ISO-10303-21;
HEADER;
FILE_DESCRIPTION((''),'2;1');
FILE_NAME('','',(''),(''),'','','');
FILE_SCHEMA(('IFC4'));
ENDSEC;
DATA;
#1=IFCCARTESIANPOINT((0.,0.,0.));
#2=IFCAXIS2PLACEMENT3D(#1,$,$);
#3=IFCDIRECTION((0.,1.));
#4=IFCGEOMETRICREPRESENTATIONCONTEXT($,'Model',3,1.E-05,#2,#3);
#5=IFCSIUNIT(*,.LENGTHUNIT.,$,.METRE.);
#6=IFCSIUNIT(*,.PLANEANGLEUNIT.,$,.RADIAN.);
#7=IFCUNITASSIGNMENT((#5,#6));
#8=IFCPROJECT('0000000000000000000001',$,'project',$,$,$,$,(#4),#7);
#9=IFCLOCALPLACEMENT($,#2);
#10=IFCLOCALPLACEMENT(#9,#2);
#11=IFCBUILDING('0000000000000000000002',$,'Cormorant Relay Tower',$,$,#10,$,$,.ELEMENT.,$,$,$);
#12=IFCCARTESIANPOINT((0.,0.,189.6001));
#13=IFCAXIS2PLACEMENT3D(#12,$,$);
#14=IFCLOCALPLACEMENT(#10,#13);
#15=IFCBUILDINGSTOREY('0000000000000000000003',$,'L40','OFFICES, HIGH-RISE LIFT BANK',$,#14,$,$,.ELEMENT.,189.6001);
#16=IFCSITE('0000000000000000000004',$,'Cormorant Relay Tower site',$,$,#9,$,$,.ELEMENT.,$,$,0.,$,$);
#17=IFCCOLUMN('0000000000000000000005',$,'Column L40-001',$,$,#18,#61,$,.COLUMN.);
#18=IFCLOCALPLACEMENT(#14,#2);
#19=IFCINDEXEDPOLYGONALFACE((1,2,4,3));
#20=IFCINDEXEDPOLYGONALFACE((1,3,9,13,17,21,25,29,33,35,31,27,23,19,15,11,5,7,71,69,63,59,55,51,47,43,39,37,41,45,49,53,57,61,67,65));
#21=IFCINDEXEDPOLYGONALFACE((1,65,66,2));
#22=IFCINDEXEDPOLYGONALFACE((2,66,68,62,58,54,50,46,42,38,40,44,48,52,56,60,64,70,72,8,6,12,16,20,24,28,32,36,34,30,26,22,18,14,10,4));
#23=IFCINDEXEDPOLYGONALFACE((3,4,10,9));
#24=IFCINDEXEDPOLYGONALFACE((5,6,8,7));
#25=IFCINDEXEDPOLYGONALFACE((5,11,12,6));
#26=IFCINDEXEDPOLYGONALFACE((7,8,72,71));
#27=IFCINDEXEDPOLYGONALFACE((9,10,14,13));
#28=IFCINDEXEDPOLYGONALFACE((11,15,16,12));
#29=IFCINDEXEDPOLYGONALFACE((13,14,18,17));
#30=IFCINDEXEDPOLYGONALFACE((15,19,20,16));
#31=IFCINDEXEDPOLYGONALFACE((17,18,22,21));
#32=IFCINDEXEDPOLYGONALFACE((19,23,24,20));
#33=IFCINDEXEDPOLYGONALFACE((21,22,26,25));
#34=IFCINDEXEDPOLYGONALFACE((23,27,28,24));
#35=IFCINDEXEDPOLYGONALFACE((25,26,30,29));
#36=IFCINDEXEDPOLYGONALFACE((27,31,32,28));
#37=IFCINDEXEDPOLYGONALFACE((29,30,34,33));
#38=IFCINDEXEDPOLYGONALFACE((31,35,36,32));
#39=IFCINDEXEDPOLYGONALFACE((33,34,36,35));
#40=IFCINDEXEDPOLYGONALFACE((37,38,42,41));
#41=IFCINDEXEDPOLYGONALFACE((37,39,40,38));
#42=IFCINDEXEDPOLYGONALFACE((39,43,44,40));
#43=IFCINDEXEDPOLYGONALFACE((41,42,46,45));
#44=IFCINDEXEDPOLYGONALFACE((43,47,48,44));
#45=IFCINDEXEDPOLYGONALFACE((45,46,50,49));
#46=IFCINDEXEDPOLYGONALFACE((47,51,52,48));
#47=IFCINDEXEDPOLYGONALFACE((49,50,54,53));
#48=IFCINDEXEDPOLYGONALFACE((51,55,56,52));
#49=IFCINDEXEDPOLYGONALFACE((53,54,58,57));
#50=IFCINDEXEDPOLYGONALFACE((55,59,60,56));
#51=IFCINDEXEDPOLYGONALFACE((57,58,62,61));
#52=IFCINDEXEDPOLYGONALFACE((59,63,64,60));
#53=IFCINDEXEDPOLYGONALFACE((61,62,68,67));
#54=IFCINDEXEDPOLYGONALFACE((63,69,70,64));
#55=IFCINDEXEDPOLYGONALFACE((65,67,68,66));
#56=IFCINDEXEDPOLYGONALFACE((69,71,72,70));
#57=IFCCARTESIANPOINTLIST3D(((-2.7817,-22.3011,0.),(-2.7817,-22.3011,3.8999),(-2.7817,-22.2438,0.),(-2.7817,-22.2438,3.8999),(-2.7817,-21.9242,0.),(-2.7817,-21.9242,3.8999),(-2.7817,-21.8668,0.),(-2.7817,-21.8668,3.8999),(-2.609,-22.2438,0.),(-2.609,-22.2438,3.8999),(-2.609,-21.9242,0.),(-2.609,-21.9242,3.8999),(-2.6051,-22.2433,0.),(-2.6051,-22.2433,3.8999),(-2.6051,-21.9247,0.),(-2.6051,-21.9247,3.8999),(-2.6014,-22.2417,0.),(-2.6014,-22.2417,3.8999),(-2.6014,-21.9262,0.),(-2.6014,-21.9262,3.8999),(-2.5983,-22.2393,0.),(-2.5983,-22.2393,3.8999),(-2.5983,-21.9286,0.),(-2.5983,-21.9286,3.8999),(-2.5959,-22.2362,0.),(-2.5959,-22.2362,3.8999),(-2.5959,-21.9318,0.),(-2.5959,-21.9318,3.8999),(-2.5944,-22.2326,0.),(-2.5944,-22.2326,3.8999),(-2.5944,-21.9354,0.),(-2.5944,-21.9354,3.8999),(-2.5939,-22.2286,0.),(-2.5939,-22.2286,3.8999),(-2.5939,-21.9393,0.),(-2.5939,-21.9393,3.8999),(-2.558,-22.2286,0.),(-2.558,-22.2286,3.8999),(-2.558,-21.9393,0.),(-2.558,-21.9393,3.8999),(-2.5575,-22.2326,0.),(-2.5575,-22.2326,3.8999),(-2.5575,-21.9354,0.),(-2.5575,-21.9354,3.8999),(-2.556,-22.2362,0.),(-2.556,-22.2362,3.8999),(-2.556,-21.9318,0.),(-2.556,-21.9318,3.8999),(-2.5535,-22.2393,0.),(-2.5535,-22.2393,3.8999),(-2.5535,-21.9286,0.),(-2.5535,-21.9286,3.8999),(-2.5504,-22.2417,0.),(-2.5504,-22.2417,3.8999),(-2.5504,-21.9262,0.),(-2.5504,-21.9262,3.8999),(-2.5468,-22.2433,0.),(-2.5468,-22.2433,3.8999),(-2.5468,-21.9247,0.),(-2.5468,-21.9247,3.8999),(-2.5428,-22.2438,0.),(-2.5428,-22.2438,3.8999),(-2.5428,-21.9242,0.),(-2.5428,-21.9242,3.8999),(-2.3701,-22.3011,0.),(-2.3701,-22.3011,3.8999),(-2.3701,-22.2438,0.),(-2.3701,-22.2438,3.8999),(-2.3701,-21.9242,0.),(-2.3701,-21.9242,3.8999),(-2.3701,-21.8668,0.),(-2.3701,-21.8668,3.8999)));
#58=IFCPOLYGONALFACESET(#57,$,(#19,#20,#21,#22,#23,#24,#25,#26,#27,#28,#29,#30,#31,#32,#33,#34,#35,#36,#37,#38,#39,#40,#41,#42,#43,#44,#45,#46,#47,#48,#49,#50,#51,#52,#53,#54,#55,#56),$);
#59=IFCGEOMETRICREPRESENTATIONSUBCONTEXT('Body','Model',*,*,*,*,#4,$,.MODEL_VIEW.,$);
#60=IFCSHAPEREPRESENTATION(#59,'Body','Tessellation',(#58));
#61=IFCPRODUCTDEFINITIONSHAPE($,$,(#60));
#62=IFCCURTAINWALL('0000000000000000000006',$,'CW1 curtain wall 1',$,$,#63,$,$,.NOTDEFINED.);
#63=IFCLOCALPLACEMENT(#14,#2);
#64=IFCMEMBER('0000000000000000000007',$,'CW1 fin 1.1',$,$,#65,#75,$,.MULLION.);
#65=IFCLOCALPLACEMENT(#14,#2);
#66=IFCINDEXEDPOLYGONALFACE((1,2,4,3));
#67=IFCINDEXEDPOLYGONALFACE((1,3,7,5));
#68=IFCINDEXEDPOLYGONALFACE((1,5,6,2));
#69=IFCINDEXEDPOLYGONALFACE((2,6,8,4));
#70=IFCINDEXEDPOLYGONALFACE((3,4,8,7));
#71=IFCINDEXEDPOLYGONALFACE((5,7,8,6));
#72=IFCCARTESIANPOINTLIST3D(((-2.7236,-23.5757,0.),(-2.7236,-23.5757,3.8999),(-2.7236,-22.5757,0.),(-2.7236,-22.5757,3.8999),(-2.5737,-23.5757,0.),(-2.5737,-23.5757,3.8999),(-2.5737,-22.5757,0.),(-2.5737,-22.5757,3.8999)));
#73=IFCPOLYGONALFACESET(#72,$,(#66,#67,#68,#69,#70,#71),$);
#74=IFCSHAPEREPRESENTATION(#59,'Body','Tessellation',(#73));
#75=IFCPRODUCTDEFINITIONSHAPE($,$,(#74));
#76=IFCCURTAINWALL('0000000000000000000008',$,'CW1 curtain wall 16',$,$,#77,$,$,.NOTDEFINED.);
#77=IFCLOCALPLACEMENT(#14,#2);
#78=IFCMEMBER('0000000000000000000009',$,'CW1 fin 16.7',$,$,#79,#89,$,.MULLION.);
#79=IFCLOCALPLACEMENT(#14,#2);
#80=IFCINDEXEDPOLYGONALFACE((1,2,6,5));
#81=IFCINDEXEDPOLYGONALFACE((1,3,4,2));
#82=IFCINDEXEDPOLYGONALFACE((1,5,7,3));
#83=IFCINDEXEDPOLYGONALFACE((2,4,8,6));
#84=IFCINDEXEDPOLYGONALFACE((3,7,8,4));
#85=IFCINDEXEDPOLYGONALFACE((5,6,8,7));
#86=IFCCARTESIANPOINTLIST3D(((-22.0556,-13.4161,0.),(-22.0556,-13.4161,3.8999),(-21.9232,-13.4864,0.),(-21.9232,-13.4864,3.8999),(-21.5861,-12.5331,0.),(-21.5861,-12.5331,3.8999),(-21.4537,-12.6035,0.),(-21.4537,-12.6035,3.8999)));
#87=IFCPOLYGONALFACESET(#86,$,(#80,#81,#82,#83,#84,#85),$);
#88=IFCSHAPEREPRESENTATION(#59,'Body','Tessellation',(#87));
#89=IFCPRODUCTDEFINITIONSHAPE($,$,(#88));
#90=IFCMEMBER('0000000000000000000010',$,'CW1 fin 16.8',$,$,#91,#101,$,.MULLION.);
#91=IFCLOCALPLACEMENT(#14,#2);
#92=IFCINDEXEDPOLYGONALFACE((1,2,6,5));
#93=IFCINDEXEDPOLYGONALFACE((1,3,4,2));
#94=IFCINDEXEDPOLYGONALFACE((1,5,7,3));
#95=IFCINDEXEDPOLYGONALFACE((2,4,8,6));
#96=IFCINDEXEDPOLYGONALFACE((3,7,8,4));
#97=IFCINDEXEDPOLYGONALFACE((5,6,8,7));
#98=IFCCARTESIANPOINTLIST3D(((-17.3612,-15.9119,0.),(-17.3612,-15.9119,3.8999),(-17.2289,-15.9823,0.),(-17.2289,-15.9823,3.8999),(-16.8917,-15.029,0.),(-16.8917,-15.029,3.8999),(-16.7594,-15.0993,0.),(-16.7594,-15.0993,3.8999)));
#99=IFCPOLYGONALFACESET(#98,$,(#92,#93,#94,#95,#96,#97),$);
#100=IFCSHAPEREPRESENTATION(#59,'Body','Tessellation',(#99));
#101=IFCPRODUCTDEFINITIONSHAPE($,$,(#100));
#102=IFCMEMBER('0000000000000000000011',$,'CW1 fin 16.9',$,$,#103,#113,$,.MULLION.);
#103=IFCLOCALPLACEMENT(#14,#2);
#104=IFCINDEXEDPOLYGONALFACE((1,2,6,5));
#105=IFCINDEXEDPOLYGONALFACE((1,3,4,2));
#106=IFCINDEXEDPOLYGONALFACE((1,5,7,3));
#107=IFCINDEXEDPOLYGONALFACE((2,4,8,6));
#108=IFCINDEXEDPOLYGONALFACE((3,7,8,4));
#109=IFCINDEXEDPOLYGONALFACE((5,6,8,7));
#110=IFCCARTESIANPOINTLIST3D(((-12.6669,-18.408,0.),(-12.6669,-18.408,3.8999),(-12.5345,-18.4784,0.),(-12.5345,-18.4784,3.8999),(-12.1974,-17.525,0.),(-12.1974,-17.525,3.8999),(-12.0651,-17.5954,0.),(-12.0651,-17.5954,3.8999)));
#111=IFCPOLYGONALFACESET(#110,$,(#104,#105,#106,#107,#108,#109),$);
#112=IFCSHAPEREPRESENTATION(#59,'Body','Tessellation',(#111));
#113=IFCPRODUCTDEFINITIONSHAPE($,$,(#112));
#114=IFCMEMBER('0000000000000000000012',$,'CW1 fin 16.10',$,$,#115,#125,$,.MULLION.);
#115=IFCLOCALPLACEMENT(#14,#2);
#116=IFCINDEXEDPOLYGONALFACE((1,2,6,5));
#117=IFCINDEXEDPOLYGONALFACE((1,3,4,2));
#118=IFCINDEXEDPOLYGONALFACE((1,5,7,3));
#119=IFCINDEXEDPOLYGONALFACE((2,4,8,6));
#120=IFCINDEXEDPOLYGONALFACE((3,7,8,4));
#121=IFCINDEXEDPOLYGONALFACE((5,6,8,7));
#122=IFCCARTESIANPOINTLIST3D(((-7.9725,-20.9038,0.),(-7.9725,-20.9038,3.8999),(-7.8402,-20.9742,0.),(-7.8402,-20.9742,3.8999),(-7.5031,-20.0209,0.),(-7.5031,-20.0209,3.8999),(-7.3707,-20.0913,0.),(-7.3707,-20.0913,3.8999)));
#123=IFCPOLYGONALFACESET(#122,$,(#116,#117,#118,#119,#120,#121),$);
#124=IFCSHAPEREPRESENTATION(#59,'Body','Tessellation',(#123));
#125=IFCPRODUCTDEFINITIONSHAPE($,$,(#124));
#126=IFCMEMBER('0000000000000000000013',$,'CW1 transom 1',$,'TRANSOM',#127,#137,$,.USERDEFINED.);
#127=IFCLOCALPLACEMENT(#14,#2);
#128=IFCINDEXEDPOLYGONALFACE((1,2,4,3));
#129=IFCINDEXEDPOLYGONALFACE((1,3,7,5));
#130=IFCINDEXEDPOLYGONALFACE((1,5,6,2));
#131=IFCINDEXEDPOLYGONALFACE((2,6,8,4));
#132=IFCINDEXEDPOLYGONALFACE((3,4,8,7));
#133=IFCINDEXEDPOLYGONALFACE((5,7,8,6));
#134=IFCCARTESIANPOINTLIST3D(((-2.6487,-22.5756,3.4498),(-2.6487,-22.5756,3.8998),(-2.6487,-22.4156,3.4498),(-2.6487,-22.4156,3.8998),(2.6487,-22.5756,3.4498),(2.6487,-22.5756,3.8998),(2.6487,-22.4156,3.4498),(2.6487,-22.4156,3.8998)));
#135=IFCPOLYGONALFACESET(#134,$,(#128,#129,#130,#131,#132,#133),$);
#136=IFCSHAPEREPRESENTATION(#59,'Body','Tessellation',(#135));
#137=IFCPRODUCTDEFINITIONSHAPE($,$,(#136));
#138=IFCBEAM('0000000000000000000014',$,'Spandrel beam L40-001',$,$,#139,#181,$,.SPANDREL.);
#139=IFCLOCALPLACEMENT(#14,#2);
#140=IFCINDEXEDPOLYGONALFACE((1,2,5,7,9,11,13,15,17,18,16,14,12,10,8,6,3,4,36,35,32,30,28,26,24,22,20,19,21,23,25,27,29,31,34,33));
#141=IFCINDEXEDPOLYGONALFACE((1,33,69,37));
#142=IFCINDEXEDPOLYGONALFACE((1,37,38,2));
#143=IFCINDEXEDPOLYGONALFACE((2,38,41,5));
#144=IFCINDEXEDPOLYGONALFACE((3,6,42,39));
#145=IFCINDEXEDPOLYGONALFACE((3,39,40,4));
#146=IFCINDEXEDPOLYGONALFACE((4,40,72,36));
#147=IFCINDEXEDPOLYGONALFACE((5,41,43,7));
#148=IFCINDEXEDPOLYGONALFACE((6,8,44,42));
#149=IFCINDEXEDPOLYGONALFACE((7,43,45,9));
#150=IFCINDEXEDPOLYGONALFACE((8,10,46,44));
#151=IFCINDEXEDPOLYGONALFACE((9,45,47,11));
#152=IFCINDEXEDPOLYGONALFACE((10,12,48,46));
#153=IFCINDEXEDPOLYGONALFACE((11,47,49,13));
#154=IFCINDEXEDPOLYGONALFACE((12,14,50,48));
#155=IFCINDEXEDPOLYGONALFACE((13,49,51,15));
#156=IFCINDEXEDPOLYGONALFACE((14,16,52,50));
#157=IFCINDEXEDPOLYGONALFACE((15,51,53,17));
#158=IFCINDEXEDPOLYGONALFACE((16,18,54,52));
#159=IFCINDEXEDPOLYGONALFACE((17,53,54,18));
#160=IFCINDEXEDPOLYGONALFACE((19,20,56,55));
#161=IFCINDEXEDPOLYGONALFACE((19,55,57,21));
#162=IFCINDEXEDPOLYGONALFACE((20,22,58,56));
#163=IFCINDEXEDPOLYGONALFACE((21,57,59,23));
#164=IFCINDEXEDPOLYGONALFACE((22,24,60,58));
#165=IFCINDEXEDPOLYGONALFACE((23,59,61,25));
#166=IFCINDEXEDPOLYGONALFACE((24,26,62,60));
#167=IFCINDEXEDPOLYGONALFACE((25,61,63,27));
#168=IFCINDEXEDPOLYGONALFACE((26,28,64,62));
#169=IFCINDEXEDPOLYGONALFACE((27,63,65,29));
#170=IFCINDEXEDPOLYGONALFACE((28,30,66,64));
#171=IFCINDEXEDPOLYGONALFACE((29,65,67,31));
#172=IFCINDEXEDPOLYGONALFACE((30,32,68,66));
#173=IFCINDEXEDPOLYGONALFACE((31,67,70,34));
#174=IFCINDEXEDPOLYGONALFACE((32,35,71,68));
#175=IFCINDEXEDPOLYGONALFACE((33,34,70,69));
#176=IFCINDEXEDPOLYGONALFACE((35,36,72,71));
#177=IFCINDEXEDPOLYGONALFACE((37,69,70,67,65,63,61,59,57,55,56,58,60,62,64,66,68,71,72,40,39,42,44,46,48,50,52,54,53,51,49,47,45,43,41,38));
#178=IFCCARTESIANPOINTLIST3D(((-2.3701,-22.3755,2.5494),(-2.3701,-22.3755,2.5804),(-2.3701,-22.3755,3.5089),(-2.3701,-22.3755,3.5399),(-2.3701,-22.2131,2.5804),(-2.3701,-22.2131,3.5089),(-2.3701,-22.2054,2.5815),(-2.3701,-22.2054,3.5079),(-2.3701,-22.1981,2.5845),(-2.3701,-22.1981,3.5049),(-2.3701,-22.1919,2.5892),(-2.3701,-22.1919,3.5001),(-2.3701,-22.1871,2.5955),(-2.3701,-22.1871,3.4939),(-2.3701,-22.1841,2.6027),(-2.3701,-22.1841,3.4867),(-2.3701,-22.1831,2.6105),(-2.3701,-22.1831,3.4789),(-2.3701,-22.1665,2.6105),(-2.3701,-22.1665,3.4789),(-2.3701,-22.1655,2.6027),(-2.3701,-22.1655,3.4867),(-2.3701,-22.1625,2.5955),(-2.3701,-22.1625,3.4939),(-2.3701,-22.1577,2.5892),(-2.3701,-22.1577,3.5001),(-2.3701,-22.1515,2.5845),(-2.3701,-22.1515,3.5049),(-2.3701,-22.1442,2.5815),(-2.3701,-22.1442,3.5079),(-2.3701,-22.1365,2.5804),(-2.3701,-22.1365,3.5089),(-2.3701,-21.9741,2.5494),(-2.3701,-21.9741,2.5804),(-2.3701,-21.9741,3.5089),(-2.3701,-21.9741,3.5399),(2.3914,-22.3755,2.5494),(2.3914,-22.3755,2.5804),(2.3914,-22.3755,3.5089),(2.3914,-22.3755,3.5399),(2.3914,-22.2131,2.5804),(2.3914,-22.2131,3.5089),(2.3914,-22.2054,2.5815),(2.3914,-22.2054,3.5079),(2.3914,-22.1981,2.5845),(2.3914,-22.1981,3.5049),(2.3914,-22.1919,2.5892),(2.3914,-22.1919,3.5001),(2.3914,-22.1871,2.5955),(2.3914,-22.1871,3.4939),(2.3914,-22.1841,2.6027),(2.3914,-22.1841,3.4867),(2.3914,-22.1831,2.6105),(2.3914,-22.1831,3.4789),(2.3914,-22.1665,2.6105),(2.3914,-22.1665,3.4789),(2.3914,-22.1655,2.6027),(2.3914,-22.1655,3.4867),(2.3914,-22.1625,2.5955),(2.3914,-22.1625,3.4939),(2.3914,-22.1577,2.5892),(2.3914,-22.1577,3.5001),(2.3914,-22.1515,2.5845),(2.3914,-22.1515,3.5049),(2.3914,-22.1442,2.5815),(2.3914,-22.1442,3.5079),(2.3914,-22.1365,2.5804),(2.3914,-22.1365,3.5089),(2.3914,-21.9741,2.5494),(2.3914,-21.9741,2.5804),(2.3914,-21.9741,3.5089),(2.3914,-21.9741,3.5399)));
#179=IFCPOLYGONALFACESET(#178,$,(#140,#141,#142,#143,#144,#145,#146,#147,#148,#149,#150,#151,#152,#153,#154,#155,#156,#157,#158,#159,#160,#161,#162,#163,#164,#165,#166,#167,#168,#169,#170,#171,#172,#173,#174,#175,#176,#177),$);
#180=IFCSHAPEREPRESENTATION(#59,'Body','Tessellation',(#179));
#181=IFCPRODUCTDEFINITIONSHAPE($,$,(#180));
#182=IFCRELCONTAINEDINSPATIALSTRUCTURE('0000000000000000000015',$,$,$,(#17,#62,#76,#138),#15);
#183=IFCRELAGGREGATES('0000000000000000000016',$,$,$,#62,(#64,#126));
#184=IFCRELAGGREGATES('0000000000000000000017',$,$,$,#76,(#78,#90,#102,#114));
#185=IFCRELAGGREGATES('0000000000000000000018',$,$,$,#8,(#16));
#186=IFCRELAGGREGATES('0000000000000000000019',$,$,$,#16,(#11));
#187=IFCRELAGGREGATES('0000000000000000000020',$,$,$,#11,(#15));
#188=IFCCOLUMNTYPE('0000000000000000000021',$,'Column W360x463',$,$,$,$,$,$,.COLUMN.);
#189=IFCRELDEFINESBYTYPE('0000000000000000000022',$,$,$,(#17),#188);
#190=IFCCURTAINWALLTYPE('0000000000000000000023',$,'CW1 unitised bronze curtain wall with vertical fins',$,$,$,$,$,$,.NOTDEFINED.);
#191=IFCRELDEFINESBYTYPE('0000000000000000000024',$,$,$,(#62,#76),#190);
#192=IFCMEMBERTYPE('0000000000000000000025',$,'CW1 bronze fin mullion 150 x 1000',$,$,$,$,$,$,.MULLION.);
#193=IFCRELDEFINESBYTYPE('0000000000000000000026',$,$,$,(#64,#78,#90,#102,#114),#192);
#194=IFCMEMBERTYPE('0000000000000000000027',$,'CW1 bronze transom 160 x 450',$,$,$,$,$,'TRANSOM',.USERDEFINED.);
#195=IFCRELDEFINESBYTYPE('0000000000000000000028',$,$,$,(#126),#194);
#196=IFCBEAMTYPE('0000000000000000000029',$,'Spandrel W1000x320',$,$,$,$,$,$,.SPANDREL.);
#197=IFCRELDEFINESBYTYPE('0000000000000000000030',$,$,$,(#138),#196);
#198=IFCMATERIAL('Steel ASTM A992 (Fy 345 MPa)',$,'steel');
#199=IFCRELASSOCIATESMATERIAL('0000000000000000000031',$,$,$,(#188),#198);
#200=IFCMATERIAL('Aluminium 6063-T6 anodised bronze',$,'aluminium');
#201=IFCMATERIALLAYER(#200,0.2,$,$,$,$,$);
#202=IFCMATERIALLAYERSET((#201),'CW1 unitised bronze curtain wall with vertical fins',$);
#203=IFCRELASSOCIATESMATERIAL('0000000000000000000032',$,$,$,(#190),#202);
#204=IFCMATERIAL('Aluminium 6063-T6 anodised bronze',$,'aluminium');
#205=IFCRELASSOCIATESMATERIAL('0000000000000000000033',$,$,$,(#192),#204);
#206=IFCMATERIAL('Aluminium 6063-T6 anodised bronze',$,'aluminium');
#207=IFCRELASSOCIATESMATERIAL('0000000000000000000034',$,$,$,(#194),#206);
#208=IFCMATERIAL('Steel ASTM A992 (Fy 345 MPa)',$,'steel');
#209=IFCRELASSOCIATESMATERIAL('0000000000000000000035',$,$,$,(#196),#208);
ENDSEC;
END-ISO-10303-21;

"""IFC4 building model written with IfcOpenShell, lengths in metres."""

from ifc_helpers import new_model, si_unit, direction, frame, origin, origin_2d, place, context, subcontext, project, spatial, rectangle, i_section, extrude, material, layer, layer_set, material_profile, profile_set, type_object, element, aggregate, save


model = new_model("IFC4")

# Units and contexts
model_context = context("Model", 3, precision=1e-05, world=origin(), true_north=direction((0.0, 1.0)))
body_context = subcontext(model_context, "Body", "Model", "MODEL_VIEW")
ifc_project = project(units=[si_unit("LENGTHUNIT", "METRE"), si_unit("PLANEANGLEUNIT", "RADIAN")], contexts=[model_context])

# Site, building, storey
site_placement = place(None, origin())
site = spatial("IfcSite", under=ifc_project, at=site_placement, Name="Cormorant Relay Tower site", CompositionType="ELEMENT", RefElevation=0.0)
building_placement = place(site_placement, origin())
building = spatial("IfcBuilding", under=site, at=building_placement, Name="Cormorant Relay Tower", CompositionType="ELEMENT")
storey_placement = place(building_placement, frame((0.0, 0.0, 189.6001)))
storey = spatial("IfcBuildingStorey", under=building, at=storey_placement, Name="L40", Description="OFFICES, HIGH-RISE LIFT BANK", CompositionType="ELEMENT", Elevation=189.6001)

# Column
ifc_material_1 = material(Name="Steel ASTM A992 (Fy 345 MPa)", Category="steel")
ifc_material_profile_1 = material_profile(ifc_material_1, i_section(OverallWidth=0.4116, OverallDepth=0.4343, WebThickness=0.0359, FlangeThickness=0.0574, FilletRadius=0.0151, at=origin_2d()), Name="W360x463")
ifc_profile_set_1 = profile_set([ifc_material_profile_1], Name="Steel ASTM A992 (Fy 345 MPa)")
column_type_1 = type_object("IfcColumnType", Name="Column W360x463", PredefinedType="COLUMN", material=ifc_profile_set_1)
column_1_placement = place(storey_placement, frame((-2.5759, -22.084, 0.0), z_axis=(0.0, 0.0, 1.0), x_axis=(1.0, 0.0, 0.0)))
element("IfcColumn", 1, at=column_1_placement, inside=storey, type_object=column_type_1, Name="Column L40-001", PredefinedType="COLUMN", context=body_context, shape_type="SweptSolid", body=[
    extrude(i_section(OverallWidth=0.4116, OverallDepth=0.4343, WebThickness=0.0359, FlangeThickness=0.0574, FilletRadius=0.0151, at=origin_2d()), origin(), (0.0, 0.0, 1.0), 3.8999),
])

# Curtain wall, member
ifc_material_2 = material(Name="Aluminium 6063-T6 anodised bronze", Category="aluminium")
ifc_layer_1 = layer(ifc_material_2, 0.2)
ifc_layer_set_1 = layer_set([ifc_layer_1], Name="CW1 unitised bronze curtain wall with vertical fins")
curtain_wall_type = type_object("IfcCurtainWallType", Name="CW1 unitised bronze curtain wall with vertical fins", PredefinedType="NOTDEFINED", material=ifc_layer_set_1)
curtain_wall_1_placement = place(storey_placement, origin())
curtain_wall_1 = element("IfcCurtainWall", 2, at=curtain_wall_1_placement, inside=storey, type_object=curtain_wall_type, Name="CW1 curtain wall 1", PredefinedType="NOTDEFINED")
ifc_material_3 = material(Name="Aluminium 6063-T6 anodised bronze", Category="aluminium")
ifc_material_profile_2 = material_profile(ifc_material_3, rectangle(XDim=0.1499, YDim=1.0, at=origin_2d()), Name="AL 150x1000")
ifc_profile_set_2 = profile_set([ifc_material_profile_2], Name="Aluminium 6063-T6 anodised bronze")
member_type_1 = type_object("IfcMemberType", Name="CW1 bronze fin mullion 150 x 1000", PredefinedType="MULLION", material=ifc_profile_set_2)
member_1_placement = place(storey_placement, frame((-2.6487, -23.0757, 0.0), z_axis=(0.0, 0.0, 1.0), x_axis=(1.0, 0.0, 0.0)))
member_1 = element("IfcMember", 3, at=member_1_placement, type_object=member_type_1, Name="CW1 fin 1.1", PredefinedType="MULLION", context=body_context, shape_type="SweptSolid", body=[
    extrude(rectangle(XDim=0.1499, YDim=1.0, at=origin_2d()), origin(), (0.0, 0.0, 1.0), 3.8999),
])

# Curtain wall, members
curtain_wall_2_placement = place(storey_placement, origin())
curtain_wall_2 = element("IfcCurtainWall", 4, at=curtain_wall_2_placement, inside=storey, type_object=curtain_wall_type, Name="CW1 curtain wall 16", PredefinedType="NOTDEFINED")
member_2_placement = place(storey_placement, frame((-21.7546, -13.0098, 0.0), z_axis=(0.0, 0.0, 1.0), x_axis=(0.882948, -0.469472, 0.0)))
member_2 = element("IfcMember", 5, at=member_2_placement, type_object=member_type_1, Name="CW1 fin 16.7", PredefinedType="MULLION", context=body_context, shape_type="SweptSolid", body=[
    extrude(rectangle(XDim=0.1499, YDim=1.0, at=origin_2d()), origin(), (0.0, 0.0, 1.0), 3.8999),
])
member_3_placement = place(storey_placement, frame((-17.0603, -15.5056, 0.0), z_axis=(0.0, 0.0, 1.0), x_axis=(0.882948, -0.469472, 0.0)))
member_3 = element("IfcMember", 6, at=member_3_placement, type_object=member_type_1, Name="CW1 fin 16.8", PredefinedType="MULLION", context=body_context, shape_type="SweptSolid", body=[
    extrude(rectangle(XDim=0.1499, YDim=1.0, at=origin_2d()), origin(), (0.0, 0.0, 1.0), 3.8999),
])
member_4_placement = place(storey_placement, frame((-12.366, -18.0017, 0.0), z_axis=(0.0, 0.0, 1.0), x_axis=(0.882948, -0.469472, 0.0)))
member_4 = element("IfcMember", 7, at=member_4_placement, type_object=member_type_1, Name="CW1 fin 16.9", PredefinedType="MULLION", context=body_context, shape_type="SweptSolid", body=[
    extrude(rectangle(XDim=0.1499, YDim=1.0, at=origin_2d()), origin(), (0.0, 0.0, 1.0), 3.8999),
])
member_5_placement = place(storey_placement, frame((-7.6716, -20.4976, 0.0), z_axis=(0.0, 0.0, 1.0), x_axis=(0.882948, -0.469472, 0.0)))
member_5 = element("IfcMember", 8, at=member_5_placement, type_object=member_type_1, Name="CW1 fin 16.10", PredefinedType="MULLION", context=body_context, shape_type="SweptSolid", body=[
    extrude(rectangle(XDim=0.1499, YDim=1.0, at=origin_2d()), origin(), (0.0, 0.0, 1.0), 3.8999),
])

# Member
ifc_material_4 = material(Name="Aluminium 6063-T6 anodised bronze", Category="aluminium")
ifc_material_profile_3 = material_profile(ifc_material_4, rectangle(XDim=0.1599, YDim=0.45, at=origin_2d()), Name="AL 160x450")
ifc_profile_set_3 = profile_set([ifc_material_profile_3], Name="Aluminium 6063-T6 anodised bronze")
member_type_2 = type_object("IfcMemberType", Name="CW1 bronze transom 160 x 450", ElementType="TRANSOM", PredefinedType="USERDEFINED", material=ifc_profile_set_3)
member_6_placement = place(storey_placement, frame((-2.6487, -22.4956, 3.6748), z_axis=(1.0, 0.0, 0.0), x_axis=(0.0, 1.0, 0.0)))
member_6 = element("IfcMember", 9, at=member_6_placement, type_object=member_type_2, Name="CW1 transom 1", ObjectType="TRANSOM", PredefinedType="USERDEFINED", context=body_context, shape_type="SweptSolid", body=[
    extrude(rectangle(XDim=0.1599, YDim=0.45, at=origin_2d()), origin(), (0.0, 0.0, 1.0), 5.2974),
])

# Beam
ifc_material_5 = material(Name="Steel ASTM A992 (Fy 345 MPa)", Category="steel")
ifc_material_profile_4 = material_profile(ifc_material_5, i_section(OverallWidth=0.4014, OverallDepth=0.9905, WebThickness=0.0166, FlangeThickness=0.031, FilletRadius=0.03, at=origin_2d()), Name="W1000x320")
ifc_profile_set_4 = profile_set([ifc_material_profile_4], Name="Steel ASTM A992 (Fy 345 MPa)")
beam_type = type_object("IfcBeamType", Name="Spandrel W1000x320", PredefinedType="SPANDREL", material=ifc_profile_set_4)
beam_placement = place(storey_placement, frame((-2.3701, -22.1748, 3.0447), z_axis=(1.0, 0.0, 0.0), x_axis=(0.0, 1.0, 0.0)))
element("IfcBeam", 10, at=beam_placement, inside=storey, type_object=beam_type, Name="Spandrel beam L40-001", PredefinedType="SPANDREL", context=body_context, shape_type="SweptSolid", body=[
    extrude(i_section(OverallWidth=0.4014, OverallDepth=0.9905, WebThickness=0.0166, FlangeThickness=0.031, FilletRadius=0.03, at=origin_2d()), origin(), (0.0, 0.0, 1.0), 4.7615),
])

aggregate(curtain_wall_1, [member_1, member_6])
aggregate(curtain_wall_2, [member_2, member_3, member_4, member_5])

save(model, "model.ifc")
